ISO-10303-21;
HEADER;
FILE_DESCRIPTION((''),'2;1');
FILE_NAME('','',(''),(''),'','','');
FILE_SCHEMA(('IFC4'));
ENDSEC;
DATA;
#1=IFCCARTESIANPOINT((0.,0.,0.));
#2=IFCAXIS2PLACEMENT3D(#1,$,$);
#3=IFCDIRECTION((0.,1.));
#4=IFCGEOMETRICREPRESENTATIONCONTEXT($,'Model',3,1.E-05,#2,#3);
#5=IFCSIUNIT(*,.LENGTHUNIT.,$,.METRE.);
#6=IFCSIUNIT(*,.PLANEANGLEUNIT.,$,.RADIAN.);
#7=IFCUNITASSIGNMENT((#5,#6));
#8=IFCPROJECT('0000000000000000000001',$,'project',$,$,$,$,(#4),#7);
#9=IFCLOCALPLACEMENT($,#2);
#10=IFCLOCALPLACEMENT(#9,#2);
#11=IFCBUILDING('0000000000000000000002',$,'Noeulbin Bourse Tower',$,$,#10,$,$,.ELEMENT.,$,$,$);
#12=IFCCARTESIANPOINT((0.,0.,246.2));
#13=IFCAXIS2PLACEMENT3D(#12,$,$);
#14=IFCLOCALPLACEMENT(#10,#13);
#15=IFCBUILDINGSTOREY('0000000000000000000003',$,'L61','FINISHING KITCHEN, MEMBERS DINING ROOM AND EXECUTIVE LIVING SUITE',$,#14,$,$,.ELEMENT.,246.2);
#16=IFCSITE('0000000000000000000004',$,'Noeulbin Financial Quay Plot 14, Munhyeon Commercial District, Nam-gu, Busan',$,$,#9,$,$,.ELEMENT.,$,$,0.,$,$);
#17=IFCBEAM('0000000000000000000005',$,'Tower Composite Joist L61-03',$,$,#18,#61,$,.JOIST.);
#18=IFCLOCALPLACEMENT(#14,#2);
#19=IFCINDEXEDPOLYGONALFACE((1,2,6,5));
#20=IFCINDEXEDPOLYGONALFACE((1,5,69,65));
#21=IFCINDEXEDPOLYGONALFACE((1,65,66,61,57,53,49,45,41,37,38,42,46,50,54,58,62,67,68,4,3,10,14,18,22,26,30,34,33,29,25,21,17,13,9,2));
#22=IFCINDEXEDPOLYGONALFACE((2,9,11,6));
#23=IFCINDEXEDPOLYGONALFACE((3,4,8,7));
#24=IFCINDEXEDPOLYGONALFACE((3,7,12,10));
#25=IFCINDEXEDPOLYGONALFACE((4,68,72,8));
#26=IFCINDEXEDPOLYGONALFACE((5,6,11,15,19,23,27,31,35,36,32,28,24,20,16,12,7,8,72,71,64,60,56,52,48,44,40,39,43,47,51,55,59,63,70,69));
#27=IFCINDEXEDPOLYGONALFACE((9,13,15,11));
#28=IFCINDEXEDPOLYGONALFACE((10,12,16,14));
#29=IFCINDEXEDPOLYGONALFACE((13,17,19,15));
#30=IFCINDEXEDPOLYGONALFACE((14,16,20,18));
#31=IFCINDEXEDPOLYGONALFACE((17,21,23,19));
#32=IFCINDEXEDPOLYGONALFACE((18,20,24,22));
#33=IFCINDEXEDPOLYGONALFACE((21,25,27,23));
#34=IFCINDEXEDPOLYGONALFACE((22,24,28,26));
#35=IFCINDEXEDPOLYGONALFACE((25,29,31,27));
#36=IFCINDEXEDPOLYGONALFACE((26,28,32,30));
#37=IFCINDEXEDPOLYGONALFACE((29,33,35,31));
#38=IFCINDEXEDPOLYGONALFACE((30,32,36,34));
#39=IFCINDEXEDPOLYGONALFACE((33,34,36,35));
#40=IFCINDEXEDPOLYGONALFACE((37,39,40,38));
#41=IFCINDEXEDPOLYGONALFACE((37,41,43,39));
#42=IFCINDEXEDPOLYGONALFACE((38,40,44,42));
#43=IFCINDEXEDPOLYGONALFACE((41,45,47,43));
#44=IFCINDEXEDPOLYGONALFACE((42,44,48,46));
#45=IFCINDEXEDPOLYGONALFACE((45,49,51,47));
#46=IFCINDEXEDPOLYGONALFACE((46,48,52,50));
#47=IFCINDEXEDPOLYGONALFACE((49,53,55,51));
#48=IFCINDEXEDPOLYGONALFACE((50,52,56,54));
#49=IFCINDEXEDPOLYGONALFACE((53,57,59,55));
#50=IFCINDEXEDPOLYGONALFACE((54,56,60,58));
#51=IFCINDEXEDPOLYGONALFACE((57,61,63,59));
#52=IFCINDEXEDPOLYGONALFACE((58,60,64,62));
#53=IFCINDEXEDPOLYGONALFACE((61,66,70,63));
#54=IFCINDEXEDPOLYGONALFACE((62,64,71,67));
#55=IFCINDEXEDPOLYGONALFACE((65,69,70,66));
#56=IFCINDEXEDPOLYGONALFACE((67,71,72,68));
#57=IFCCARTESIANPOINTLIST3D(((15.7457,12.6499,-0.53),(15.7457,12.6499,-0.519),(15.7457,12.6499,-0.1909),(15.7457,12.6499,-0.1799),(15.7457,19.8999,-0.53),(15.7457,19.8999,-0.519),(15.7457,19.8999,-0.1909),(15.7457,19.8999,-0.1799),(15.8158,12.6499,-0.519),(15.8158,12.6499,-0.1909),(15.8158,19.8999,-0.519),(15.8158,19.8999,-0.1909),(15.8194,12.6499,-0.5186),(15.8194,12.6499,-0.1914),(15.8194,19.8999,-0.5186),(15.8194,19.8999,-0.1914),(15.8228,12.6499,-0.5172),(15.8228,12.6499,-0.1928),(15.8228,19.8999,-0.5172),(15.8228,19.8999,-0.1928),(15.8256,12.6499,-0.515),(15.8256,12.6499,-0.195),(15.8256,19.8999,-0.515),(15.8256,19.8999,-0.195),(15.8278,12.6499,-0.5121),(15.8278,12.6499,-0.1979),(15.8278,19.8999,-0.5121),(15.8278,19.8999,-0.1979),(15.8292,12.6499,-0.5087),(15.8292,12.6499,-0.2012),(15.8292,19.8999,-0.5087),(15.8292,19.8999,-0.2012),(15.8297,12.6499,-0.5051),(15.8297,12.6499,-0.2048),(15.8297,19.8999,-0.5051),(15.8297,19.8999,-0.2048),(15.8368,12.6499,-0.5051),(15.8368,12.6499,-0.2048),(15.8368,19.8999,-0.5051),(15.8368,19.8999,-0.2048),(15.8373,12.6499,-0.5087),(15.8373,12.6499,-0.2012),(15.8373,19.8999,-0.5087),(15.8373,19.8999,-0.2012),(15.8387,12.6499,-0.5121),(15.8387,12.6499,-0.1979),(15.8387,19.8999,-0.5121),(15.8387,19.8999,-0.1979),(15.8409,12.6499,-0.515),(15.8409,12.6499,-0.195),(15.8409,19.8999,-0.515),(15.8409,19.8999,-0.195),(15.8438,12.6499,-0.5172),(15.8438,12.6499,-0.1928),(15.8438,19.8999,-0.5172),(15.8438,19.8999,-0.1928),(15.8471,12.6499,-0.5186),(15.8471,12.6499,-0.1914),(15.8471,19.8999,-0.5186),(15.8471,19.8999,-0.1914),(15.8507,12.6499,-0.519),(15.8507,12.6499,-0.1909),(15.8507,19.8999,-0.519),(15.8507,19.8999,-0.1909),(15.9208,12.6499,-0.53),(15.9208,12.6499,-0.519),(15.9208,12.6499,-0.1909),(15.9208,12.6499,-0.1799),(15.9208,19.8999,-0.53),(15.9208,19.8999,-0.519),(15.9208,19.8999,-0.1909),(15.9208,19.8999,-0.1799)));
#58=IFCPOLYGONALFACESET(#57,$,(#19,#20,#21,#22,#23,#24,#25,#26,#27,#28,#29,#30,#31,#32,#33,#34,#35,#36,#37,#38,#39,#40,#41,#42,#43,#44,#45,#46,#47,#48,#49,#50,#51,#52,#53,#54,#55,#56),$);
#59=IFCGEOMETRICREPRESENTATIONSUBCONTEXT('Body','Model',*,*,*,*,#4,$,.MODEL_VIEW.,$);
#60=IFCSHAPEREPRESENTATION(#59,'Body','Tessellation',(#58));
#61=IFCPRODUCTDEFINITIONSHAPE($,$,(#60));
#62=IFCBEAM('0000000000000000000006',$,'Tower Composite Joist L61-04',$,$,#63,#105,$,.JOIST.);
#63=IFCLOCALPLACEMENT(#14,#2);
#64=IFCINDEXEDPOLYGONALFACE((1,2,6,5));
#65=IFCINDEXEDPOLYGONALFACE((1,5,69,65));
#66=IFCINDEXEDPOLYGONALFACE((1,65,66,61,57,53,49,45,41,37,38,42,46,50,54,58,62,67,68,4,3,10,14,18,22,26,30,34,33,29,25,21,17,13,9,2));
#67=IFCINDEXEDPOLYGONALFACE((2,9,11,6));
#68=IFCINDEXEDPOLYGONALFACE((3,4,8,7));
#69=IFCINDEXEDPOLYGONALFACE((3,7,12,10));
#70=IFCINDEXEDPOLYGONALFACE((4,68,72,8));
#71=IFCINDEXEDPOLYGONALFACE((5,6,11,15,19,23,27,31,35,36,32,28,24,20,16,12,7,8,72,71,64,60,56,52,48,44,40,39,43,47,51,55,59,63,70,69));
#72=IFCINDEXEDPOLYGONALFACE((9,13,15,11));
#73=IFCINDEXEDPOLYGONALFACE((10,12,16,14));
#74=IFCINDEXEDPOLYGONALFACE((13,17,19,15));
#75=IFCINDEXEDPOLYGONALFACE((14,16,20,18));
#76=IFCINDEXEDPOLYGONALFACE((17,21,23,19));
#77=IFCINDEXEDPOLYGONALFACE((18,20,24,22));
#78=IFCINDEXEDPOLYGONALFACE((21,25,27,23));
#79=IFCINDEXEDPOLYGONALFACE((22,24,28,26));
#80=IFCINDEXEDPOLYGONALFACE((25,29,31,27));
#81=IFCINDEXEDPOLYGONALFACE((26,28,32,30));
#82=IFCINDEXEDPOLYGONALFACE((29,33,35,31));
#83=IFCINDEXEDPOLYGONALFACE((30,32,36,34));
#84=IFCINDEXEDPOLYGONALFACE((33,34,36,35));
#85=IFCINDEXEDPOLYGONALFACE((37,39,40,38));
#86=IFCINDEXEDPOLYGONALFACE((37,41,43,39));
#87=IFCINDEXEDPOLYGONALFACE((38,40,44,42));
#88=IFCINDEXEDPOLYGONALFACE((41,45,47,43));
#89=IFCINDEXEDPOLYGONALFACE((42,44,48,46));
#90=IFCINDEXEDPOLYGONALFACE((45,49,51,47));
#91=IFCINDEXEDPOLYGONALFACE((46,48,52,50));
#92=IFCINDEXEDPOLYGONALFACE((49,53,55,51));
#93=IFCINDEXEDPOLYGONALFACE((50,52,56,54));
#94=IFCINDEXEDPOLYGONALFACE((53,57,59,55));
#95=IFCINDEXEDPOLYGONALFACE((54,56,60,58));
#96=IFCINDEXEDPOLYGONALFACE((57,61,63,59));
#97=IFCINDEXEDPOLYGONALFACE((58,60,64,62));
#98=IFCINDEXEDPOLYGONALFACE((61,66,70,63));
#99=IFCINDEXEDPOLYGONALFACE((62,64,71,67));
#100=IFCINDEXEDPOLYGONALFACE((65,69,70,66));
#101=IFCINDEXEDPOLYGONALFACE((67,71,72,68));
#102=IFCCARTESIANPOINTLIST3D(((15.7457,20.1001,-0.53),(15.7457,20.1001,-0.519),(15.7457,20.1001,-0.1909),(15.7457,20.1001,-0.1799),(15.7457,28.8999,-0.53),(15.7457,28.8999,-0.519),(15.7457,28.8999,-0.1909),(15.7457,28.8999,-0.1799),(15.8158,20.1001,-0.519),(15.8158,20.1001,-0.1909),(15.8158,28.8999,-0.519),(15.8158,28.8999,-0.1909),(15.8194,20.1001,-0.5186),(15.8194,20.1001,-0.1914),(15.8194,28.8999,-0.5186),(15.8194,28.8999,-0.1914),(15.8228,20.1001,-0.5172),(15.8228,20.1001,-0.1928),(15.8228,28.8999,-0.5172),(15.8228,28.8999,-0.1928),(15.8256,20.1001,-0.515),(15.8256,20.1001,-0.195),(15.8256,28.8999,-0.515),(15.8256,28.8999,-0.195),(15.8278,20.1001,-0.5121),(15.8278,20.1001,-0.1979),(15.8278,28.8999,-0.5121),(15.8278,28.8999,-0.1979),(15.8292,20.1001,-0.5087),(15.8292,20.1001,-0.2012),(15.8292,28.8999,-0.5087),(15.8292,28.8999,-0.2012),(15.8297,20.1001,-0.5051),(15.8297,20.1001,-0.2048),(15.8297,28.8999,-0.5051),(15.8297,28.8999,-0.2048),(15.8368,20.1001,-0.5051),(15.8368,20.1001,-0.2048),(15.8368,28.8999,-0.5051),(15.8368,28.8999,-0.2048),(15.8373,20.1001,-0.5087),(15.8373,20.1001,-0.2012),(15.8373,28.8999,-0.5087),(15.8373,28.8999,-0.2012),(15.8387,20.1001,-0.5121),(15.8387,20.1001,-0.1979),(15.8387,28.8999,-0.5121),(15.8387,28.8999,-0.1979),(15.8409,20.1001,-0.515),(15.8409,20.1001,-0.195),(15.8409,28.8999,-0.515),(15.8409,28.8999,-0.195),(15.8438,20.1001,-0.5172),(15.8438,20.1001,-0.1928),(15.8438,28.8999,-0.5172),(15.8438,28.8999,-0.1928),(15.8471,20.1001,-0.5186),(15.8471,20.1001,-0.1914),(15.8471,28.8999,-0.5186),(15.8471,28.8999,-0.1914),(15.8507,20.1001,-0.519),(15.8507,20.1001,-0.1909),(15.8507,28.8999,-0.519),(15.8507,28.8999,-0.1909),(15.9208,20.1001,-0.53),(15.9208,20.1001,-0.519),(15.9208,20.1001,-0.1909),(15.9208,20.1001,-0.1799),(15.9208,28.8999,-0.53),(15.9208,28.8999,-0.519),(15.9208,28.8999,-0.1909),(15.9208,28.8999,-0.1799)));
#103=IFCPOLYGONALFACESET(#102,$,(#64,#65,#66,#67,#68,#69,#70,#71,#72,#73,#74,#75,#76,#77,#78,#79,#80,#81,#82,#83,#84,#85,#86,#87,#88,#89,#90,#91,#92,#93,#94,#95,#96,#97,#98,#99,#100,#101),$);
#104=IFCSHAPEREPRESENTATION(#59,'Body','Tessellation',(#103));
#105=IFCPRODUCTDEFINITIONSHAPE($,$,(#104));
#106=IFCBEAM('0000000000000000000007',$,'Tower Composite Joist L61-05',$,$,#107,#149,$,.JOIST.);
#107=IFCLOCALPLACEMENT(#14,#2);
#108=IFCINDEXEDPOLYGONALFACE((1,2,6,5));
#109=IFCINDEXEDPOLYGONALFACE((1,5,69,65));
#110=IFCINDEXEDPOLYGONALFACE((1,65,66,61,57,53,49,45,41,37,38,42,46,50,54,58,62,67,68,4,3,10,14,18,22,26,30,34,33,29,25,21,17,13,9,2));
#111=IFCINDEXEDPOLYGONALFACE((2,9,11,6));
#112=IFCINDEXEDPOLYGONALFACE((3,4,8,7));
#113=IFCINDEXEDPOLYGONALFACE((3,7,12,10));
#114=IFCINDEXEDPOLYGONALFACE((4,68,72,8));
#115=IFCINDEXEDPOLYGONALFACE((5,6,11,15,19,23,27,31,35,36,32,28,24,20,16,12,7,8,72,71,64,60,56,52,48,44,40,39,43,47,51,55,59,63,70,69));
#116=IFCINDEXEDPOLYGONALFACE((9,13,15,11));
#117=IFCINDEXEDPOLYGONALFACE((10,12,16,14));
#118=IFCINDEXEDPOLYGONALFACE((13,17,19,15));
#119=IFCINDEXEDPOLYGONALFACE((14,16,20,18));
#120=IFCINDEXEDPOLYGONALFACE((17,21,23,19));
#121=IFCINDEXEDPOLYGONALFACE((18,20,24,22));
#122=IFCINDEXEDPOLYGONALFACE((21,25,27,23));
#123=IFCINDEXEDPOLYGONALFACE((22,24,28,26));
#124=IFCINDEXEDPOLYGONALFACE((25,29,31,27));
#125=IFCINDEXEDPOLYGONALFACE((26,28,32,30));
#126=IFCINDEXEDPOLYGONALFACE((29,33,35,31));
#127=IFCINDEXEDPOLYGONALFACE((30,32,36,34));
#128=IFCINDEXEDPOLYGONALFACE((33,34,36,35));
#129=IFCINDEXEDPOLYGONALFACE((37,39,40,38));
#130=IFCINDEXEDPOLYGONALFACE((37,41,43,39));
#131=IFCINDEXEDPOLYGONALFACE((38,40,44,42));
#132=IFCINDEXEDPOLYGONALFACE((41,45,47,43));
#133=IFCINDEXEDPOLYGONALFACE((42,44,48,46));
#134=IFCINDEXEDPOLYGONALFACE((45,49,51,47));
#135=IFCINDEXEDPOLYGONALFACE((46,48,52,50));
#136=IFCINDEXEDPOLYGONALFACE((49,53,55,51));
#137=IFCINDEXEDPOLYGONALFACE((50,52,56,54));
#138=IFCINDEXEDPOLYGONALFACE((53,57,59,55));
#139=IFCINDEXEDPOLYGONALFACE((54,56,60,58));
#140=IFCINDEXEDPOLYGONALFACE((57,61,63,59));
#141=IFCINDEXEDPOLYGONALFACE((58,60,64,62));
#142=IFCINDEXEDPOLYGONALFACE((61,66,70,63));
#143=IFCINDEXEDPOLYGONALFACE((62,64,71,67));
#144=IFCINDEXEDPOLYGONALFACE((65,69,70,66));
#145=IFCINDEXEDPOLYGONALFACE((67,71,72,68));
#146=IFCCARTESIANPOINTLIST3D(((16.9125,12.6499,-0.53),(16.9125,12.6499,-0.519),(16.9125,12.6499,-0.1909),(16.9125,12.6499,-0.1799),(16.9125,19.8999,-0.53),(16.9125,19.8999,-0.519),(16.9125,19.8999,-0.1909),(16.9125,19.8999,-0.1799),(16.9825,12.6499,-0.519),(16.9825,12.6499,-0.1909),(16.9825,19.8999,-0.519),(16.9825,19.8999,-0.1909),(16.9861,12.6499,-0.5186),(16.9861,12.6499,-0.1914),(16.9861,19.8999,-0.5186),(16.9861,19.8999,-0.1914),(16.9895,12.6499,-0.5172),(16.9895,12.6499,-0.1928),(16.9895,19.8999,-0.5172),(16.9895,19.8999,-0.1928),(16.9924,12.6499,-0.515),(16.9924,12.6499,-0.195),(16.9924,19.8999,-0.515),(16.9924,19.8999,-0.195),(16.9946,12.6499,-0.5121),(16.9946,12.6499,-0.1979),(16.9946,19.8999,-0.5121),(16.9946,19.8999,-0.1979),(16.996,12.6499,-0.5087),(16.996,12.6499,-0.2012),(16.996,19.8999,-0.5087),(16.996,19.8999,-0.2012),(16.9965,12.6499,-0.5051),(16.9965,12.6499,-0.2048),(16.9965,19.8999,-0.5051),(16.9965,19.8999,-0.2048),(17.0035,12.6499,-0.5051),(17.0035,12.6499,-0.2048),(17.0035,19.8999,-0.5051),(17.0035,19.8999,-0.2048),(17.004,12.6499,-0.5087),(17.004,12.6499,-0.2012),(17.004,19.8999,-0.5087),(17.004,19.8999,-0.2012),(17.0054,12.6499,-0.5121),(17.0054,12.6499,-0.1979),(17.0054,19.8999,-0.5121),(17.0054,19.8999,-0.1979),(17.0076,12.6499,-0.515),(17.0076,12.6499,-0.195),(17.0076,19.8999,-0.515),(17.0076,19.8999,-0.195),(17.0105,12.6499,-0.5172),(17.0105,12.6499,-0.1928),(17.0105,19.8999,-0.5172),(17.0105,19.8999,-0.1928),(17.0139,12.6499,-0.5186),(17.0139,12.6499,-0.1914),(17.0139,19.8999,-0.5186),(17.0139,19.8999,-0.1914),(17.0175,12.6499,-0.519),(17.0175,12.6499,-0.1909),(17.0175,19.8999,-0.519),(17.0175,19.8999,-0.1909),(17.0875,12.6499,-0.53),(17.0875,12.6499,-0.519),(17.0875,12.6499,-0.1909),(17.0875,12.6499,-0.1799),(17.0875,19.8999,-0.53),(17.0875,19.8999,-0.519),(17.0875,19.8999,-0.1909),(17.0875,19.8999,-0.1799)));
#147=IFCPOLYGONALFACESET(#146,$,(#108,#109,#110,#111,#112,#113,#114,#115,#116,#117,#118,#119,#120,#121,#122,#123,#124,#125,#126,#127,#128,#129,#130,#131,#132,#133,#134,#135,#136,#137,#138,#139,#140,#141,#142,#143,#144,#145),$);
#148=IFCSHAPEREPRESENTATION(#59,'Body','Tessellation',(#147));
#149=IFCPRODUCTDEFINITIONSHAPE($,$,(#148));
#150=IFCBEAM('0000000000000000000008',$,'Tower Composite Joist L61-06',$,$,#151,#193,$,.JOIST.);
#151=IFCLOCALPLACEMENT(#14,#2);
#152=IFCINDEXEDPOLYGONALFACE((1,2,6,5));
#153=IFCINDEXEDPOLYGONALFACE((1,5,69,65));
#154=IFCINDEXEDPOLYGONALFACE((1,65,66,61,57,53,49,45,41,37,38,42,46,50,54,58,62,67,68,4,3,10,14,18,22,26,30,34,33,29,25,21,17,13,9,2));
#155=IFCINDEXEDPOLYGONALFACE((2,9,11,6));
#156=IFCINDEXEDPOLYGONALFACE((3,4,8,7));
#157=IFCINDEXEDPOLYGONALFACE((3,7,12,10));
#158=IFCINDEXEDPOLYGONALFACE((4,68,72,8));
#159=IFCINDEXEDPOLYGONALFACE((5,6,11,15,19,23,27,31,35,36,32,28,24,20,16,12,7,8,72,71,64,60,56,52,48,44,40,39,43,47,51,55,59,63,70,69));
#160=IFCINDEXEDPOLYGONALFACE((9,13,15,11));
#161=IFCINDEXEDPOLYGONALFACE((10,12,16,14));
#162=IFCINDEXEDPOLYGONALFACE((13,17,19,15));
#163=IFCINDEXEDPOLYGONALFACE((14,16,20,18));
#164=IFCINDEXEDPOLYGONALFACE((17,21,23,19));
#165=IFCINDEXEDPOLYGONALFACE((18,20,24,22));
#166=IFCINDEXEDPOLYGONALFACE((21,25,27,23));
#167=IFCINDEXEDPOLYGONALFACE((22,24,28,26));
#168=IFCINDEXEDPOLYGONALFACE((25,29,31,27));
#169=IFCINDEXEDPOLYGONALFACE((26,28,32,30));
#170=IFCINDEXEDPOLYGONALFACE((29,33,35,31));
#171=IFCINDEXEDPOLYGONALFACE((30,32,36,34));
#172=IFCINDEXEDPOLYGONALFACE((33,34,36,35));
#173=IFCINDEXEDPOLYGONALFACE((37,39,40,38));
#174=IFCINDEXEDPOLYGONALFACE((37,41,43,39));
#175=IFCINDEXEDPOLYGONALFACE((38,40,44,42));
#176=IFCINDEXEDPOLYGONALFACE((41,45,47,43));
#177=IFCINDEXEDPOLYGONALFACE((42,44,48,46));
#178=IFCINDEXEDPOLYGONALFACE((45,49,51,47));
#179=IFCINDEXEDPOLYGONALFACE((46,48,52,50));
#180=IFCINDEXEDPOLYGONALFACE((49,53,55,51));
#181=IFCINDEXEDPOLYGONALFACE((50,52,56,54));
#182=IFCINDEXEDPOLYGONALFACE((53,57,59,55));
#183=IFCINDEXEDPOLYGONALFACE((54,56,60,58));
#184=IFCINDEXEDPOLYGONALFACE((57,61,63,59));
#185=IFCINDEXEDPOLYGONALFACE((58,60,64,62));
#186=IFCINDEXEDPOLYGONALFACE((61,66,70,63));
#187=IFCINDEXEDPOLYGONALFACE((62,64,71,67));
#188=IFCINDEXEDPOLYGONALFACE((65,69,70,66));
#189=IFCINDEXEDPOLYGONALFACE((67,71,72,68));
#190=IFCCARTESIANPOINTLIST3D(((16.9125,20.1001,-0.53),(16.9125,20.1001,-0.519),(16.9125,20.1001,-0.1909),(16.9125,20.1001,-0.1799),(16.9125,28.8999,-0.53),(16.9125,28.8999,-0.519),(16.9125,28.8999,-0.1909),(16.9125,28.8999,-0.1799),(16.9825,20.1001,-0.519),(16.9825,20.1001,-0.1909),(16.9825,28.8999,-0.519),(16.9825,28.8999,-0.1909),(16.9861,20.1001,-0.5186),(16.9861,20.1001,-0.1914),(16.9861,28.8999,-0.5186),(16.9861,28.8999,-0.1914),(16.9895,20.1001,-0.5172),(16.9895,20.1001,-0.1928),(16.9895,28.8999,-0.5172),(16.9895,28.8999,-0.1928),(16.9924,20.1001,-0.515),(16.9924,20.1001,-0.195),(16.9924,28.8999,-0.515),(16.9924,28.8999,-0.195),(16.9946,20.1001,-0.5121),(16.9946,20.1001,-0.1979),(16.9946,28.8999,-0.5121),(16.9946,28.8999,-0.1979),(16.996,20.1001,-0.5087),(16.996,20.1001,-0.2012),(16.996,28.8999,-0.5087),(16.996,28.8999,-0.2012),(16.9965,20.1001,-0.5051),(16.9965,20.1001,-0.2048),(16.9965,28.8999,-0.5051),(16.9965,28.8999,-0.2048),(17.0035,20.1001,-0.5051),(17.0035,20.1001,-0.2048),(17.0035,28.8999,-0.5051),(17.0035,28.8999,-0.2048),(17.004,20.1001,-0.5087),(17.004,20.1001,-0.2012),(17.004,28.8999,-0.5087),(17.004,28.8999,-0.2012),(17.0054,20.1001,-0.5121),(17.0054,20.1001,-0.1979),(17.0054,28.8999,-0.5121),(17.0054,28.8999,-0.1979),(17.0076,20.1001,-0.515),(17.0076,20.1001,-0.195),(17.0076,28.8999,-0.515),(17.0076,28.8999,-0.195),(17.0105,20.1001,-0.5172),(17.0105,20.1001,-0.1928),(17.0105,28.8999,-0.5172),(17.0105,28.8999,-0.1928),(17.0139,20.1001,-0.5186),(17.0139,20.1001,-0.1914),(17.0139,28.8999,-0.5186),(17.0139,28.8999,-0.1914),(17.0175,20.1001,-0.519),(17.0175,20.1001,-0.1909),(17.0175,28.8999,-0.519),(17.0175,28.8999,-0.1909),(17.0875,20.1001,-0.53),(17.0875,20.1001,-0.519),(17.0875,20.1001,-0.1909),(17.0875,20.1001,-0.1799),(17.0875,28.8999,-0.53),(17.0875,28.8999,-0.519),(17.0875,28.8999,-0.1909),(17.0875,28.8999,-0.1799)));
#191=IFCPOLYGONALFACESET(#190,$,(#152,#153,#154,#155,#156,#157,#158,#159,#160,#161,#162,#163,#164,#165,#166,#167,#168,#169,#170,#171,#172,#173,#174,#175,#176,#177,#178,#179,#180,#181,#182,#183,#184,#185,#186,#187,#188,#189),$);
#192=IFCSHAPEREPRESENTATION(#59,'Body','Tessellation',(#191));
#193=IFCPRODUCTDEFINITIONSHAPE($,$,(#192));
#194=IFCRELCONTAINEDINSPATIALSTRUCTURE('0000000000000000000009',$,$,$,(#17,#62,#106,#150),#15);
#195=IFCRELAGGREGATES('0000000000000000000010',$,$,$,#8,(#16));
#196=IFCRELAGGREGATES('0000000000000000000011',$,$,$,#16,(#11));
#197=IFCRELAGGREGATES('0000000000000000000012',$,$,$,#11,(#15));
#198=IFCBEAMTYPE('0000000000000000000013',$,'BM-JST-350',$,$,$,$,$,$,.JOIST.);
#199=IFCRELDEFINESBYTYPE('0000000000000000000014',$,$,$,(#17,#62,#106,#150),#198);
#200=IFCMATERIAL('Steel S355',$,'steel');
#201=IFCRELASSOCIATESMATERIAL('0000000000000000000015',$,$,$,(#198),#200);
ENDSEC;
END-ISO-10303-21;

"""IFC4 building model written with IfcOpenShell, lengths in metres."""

from ifc_helpers import new_model, si_unit, direction, frame, origin, origin_2d, place, context, subcontext, project, spatial, i_section, extrude, material, material_profile, profile_set, type_object, element, save


model = new_model("IFC4")

# Units and contexts
model_context = context("Model", 3, precision=1e-05, world=origin(), true_north=direction((0.0, 1.0)))
body_context = subcontext(model_context, "Body", "Model", "MODEL_VIEW")
ifc_project = project(units=[si_unit("LENGTHUNIT", "METRE"), si_unit("PLANEANGLEUNIT", "RADIAN")], contexts=[model_context])

# Site, building, storey
site_placement = place(None, origin())
site = spatial("IfcSite", under=ifc_project, at=site_placement, Name="Noeulbin Financial Quay Plot 14, Munhyeon Commercial District, Nam-gu, Busan", CompositionType="ELEMENT", RefElevation=0.0)
building_placement = place(site_placement, origin())
building = spatial("IfcBuilding", under=site, at=building_placement, Name="Noeulbin Bourse Tower", CompositionType="ELEMENT")
storey_placement = place(building_placement, frame((0.0, 0.0, 246.2)))
storey = spatial("IfcBuildingStorey", under=building, at=storey_placement, Name="L61", Description="FINISHING KITCHEN, MEMBERS DINING ROOM AND EXECUTIVE LIVING SUITE", CompositionType="ELEMENT", Elevation=246.2)

# Shared definitions
ifc_material_1 = material(Name="Steel S355", Category="steel")

# Beams
ifc_material_profile_1 = material_profile(ifc_material_1, i_section(OverallWidth=0.175, OverallDepth=0.3501, WebThickness=0.0071, FlangeThickness=0.011, FilletRadius=0.0139, at=origin_2d()), Name="H-350x175x7x11", Category="LoadBearing")
ifc_profile_set_1 = profile_set([ifc_material_profile_1], Name="Steel S355")
beam_type_1 = type_object("IfcBeamType", Name="BM-JST-350", PredefinedType="JOIST", material=ifc_profile_set_1)
beam_1_placement = place(storey_placement, frame((15.8333, 12.6499, -0.355), z_axis=(0.0, 1.0, 0.0), x_axis=(-1.0, 0.0, 0.0)))
element("IfcBeam", 1, at=beam_1_placement, inside=storey, type_object=beam_type_1, Name="Tower Composite Joist L61-03", PredefinedType="JOIST", context=body_context, shape_type="SweptSolid", body=[
    extrude(i_section(OverallWidth=0.175, OverallDepth=0.3501, WebThickness=0.0071, FlangeThickness=0.011, FilletRadius=0.0139, at=origin_2d()), origin(), (0.0, 0.0, 1.0), 7.25),
])
beam_2_placement = place(storey_placement, frame((15.8333, 20.1001, -0.355), z_axis=(0.0, 1.0, 0.0), x_axis=(-1.0, 0.0, 0.0)))
element("IfcBeam", 2, at=beam_2_placement, inside=storey, type_object=beam_type_1, Name="Tower Composite Joist L61-04", PredefinedType="JOIST", context=body_context, shape_type="SweptSolid", body=[
    extrude(i_section(OverallWidth=0.175, OverallDepth=0.3501, WebThickness=0.0071, FlangeThickness=0.011, FilletRadius=0.0139, at=origin_2d()), origin(), (0.0, 0.0, 1.0), 8.7998),
])
beam_3_placement = place(storey_placement, frame((17.0, 12.6499, -0.355), z_axis=(0.0, 1.0, 0.0), x_axis=(-1.0, 0.0, 0.0)))
element("IfcBeam", 3, at=beam_3_placement, inside=storey, type_object=beam_type_1, Name="Tower Composite Joist L61-05", PredefinedType="JOIST", context=body_context, shape_type="SweptSolid", body=[
    extrude(i_section(OverallWidth=0.175, OverallDepth=0.3501, WebThickness=0.0071, FlangeThickness=0.011, FilletRadius=0.0139, at=origin_2d()), origin(), (0.0, 0.0, 1.0), 7.25),
])
beam_4_placement = place(storey_placement, frame((17.0, 20.1001, -0.355), z_axis=(0.0, 1.0, 0.0), x_axis=(-1.0, 0.0, 0.0)))
element("IfcBeam", 4, at=beam_4_placement, inside=storey, type_object=beam_type_1, Name="Tower Composite Joist L61-06", PredefinedType="JOIST", context=body_context, shape_type="SweptSolid", body=[
    extrude(i_section(OverallWidth=0.175, OverallDepth=0.3501, WebThickness=0.0071, FlangeThickness=0.011, FilletRadius=0.0139, at=origin_2d()), origin(), (0.0, 0.0, 1.0), 8.7998),
])

save(model, "model.ifc")
